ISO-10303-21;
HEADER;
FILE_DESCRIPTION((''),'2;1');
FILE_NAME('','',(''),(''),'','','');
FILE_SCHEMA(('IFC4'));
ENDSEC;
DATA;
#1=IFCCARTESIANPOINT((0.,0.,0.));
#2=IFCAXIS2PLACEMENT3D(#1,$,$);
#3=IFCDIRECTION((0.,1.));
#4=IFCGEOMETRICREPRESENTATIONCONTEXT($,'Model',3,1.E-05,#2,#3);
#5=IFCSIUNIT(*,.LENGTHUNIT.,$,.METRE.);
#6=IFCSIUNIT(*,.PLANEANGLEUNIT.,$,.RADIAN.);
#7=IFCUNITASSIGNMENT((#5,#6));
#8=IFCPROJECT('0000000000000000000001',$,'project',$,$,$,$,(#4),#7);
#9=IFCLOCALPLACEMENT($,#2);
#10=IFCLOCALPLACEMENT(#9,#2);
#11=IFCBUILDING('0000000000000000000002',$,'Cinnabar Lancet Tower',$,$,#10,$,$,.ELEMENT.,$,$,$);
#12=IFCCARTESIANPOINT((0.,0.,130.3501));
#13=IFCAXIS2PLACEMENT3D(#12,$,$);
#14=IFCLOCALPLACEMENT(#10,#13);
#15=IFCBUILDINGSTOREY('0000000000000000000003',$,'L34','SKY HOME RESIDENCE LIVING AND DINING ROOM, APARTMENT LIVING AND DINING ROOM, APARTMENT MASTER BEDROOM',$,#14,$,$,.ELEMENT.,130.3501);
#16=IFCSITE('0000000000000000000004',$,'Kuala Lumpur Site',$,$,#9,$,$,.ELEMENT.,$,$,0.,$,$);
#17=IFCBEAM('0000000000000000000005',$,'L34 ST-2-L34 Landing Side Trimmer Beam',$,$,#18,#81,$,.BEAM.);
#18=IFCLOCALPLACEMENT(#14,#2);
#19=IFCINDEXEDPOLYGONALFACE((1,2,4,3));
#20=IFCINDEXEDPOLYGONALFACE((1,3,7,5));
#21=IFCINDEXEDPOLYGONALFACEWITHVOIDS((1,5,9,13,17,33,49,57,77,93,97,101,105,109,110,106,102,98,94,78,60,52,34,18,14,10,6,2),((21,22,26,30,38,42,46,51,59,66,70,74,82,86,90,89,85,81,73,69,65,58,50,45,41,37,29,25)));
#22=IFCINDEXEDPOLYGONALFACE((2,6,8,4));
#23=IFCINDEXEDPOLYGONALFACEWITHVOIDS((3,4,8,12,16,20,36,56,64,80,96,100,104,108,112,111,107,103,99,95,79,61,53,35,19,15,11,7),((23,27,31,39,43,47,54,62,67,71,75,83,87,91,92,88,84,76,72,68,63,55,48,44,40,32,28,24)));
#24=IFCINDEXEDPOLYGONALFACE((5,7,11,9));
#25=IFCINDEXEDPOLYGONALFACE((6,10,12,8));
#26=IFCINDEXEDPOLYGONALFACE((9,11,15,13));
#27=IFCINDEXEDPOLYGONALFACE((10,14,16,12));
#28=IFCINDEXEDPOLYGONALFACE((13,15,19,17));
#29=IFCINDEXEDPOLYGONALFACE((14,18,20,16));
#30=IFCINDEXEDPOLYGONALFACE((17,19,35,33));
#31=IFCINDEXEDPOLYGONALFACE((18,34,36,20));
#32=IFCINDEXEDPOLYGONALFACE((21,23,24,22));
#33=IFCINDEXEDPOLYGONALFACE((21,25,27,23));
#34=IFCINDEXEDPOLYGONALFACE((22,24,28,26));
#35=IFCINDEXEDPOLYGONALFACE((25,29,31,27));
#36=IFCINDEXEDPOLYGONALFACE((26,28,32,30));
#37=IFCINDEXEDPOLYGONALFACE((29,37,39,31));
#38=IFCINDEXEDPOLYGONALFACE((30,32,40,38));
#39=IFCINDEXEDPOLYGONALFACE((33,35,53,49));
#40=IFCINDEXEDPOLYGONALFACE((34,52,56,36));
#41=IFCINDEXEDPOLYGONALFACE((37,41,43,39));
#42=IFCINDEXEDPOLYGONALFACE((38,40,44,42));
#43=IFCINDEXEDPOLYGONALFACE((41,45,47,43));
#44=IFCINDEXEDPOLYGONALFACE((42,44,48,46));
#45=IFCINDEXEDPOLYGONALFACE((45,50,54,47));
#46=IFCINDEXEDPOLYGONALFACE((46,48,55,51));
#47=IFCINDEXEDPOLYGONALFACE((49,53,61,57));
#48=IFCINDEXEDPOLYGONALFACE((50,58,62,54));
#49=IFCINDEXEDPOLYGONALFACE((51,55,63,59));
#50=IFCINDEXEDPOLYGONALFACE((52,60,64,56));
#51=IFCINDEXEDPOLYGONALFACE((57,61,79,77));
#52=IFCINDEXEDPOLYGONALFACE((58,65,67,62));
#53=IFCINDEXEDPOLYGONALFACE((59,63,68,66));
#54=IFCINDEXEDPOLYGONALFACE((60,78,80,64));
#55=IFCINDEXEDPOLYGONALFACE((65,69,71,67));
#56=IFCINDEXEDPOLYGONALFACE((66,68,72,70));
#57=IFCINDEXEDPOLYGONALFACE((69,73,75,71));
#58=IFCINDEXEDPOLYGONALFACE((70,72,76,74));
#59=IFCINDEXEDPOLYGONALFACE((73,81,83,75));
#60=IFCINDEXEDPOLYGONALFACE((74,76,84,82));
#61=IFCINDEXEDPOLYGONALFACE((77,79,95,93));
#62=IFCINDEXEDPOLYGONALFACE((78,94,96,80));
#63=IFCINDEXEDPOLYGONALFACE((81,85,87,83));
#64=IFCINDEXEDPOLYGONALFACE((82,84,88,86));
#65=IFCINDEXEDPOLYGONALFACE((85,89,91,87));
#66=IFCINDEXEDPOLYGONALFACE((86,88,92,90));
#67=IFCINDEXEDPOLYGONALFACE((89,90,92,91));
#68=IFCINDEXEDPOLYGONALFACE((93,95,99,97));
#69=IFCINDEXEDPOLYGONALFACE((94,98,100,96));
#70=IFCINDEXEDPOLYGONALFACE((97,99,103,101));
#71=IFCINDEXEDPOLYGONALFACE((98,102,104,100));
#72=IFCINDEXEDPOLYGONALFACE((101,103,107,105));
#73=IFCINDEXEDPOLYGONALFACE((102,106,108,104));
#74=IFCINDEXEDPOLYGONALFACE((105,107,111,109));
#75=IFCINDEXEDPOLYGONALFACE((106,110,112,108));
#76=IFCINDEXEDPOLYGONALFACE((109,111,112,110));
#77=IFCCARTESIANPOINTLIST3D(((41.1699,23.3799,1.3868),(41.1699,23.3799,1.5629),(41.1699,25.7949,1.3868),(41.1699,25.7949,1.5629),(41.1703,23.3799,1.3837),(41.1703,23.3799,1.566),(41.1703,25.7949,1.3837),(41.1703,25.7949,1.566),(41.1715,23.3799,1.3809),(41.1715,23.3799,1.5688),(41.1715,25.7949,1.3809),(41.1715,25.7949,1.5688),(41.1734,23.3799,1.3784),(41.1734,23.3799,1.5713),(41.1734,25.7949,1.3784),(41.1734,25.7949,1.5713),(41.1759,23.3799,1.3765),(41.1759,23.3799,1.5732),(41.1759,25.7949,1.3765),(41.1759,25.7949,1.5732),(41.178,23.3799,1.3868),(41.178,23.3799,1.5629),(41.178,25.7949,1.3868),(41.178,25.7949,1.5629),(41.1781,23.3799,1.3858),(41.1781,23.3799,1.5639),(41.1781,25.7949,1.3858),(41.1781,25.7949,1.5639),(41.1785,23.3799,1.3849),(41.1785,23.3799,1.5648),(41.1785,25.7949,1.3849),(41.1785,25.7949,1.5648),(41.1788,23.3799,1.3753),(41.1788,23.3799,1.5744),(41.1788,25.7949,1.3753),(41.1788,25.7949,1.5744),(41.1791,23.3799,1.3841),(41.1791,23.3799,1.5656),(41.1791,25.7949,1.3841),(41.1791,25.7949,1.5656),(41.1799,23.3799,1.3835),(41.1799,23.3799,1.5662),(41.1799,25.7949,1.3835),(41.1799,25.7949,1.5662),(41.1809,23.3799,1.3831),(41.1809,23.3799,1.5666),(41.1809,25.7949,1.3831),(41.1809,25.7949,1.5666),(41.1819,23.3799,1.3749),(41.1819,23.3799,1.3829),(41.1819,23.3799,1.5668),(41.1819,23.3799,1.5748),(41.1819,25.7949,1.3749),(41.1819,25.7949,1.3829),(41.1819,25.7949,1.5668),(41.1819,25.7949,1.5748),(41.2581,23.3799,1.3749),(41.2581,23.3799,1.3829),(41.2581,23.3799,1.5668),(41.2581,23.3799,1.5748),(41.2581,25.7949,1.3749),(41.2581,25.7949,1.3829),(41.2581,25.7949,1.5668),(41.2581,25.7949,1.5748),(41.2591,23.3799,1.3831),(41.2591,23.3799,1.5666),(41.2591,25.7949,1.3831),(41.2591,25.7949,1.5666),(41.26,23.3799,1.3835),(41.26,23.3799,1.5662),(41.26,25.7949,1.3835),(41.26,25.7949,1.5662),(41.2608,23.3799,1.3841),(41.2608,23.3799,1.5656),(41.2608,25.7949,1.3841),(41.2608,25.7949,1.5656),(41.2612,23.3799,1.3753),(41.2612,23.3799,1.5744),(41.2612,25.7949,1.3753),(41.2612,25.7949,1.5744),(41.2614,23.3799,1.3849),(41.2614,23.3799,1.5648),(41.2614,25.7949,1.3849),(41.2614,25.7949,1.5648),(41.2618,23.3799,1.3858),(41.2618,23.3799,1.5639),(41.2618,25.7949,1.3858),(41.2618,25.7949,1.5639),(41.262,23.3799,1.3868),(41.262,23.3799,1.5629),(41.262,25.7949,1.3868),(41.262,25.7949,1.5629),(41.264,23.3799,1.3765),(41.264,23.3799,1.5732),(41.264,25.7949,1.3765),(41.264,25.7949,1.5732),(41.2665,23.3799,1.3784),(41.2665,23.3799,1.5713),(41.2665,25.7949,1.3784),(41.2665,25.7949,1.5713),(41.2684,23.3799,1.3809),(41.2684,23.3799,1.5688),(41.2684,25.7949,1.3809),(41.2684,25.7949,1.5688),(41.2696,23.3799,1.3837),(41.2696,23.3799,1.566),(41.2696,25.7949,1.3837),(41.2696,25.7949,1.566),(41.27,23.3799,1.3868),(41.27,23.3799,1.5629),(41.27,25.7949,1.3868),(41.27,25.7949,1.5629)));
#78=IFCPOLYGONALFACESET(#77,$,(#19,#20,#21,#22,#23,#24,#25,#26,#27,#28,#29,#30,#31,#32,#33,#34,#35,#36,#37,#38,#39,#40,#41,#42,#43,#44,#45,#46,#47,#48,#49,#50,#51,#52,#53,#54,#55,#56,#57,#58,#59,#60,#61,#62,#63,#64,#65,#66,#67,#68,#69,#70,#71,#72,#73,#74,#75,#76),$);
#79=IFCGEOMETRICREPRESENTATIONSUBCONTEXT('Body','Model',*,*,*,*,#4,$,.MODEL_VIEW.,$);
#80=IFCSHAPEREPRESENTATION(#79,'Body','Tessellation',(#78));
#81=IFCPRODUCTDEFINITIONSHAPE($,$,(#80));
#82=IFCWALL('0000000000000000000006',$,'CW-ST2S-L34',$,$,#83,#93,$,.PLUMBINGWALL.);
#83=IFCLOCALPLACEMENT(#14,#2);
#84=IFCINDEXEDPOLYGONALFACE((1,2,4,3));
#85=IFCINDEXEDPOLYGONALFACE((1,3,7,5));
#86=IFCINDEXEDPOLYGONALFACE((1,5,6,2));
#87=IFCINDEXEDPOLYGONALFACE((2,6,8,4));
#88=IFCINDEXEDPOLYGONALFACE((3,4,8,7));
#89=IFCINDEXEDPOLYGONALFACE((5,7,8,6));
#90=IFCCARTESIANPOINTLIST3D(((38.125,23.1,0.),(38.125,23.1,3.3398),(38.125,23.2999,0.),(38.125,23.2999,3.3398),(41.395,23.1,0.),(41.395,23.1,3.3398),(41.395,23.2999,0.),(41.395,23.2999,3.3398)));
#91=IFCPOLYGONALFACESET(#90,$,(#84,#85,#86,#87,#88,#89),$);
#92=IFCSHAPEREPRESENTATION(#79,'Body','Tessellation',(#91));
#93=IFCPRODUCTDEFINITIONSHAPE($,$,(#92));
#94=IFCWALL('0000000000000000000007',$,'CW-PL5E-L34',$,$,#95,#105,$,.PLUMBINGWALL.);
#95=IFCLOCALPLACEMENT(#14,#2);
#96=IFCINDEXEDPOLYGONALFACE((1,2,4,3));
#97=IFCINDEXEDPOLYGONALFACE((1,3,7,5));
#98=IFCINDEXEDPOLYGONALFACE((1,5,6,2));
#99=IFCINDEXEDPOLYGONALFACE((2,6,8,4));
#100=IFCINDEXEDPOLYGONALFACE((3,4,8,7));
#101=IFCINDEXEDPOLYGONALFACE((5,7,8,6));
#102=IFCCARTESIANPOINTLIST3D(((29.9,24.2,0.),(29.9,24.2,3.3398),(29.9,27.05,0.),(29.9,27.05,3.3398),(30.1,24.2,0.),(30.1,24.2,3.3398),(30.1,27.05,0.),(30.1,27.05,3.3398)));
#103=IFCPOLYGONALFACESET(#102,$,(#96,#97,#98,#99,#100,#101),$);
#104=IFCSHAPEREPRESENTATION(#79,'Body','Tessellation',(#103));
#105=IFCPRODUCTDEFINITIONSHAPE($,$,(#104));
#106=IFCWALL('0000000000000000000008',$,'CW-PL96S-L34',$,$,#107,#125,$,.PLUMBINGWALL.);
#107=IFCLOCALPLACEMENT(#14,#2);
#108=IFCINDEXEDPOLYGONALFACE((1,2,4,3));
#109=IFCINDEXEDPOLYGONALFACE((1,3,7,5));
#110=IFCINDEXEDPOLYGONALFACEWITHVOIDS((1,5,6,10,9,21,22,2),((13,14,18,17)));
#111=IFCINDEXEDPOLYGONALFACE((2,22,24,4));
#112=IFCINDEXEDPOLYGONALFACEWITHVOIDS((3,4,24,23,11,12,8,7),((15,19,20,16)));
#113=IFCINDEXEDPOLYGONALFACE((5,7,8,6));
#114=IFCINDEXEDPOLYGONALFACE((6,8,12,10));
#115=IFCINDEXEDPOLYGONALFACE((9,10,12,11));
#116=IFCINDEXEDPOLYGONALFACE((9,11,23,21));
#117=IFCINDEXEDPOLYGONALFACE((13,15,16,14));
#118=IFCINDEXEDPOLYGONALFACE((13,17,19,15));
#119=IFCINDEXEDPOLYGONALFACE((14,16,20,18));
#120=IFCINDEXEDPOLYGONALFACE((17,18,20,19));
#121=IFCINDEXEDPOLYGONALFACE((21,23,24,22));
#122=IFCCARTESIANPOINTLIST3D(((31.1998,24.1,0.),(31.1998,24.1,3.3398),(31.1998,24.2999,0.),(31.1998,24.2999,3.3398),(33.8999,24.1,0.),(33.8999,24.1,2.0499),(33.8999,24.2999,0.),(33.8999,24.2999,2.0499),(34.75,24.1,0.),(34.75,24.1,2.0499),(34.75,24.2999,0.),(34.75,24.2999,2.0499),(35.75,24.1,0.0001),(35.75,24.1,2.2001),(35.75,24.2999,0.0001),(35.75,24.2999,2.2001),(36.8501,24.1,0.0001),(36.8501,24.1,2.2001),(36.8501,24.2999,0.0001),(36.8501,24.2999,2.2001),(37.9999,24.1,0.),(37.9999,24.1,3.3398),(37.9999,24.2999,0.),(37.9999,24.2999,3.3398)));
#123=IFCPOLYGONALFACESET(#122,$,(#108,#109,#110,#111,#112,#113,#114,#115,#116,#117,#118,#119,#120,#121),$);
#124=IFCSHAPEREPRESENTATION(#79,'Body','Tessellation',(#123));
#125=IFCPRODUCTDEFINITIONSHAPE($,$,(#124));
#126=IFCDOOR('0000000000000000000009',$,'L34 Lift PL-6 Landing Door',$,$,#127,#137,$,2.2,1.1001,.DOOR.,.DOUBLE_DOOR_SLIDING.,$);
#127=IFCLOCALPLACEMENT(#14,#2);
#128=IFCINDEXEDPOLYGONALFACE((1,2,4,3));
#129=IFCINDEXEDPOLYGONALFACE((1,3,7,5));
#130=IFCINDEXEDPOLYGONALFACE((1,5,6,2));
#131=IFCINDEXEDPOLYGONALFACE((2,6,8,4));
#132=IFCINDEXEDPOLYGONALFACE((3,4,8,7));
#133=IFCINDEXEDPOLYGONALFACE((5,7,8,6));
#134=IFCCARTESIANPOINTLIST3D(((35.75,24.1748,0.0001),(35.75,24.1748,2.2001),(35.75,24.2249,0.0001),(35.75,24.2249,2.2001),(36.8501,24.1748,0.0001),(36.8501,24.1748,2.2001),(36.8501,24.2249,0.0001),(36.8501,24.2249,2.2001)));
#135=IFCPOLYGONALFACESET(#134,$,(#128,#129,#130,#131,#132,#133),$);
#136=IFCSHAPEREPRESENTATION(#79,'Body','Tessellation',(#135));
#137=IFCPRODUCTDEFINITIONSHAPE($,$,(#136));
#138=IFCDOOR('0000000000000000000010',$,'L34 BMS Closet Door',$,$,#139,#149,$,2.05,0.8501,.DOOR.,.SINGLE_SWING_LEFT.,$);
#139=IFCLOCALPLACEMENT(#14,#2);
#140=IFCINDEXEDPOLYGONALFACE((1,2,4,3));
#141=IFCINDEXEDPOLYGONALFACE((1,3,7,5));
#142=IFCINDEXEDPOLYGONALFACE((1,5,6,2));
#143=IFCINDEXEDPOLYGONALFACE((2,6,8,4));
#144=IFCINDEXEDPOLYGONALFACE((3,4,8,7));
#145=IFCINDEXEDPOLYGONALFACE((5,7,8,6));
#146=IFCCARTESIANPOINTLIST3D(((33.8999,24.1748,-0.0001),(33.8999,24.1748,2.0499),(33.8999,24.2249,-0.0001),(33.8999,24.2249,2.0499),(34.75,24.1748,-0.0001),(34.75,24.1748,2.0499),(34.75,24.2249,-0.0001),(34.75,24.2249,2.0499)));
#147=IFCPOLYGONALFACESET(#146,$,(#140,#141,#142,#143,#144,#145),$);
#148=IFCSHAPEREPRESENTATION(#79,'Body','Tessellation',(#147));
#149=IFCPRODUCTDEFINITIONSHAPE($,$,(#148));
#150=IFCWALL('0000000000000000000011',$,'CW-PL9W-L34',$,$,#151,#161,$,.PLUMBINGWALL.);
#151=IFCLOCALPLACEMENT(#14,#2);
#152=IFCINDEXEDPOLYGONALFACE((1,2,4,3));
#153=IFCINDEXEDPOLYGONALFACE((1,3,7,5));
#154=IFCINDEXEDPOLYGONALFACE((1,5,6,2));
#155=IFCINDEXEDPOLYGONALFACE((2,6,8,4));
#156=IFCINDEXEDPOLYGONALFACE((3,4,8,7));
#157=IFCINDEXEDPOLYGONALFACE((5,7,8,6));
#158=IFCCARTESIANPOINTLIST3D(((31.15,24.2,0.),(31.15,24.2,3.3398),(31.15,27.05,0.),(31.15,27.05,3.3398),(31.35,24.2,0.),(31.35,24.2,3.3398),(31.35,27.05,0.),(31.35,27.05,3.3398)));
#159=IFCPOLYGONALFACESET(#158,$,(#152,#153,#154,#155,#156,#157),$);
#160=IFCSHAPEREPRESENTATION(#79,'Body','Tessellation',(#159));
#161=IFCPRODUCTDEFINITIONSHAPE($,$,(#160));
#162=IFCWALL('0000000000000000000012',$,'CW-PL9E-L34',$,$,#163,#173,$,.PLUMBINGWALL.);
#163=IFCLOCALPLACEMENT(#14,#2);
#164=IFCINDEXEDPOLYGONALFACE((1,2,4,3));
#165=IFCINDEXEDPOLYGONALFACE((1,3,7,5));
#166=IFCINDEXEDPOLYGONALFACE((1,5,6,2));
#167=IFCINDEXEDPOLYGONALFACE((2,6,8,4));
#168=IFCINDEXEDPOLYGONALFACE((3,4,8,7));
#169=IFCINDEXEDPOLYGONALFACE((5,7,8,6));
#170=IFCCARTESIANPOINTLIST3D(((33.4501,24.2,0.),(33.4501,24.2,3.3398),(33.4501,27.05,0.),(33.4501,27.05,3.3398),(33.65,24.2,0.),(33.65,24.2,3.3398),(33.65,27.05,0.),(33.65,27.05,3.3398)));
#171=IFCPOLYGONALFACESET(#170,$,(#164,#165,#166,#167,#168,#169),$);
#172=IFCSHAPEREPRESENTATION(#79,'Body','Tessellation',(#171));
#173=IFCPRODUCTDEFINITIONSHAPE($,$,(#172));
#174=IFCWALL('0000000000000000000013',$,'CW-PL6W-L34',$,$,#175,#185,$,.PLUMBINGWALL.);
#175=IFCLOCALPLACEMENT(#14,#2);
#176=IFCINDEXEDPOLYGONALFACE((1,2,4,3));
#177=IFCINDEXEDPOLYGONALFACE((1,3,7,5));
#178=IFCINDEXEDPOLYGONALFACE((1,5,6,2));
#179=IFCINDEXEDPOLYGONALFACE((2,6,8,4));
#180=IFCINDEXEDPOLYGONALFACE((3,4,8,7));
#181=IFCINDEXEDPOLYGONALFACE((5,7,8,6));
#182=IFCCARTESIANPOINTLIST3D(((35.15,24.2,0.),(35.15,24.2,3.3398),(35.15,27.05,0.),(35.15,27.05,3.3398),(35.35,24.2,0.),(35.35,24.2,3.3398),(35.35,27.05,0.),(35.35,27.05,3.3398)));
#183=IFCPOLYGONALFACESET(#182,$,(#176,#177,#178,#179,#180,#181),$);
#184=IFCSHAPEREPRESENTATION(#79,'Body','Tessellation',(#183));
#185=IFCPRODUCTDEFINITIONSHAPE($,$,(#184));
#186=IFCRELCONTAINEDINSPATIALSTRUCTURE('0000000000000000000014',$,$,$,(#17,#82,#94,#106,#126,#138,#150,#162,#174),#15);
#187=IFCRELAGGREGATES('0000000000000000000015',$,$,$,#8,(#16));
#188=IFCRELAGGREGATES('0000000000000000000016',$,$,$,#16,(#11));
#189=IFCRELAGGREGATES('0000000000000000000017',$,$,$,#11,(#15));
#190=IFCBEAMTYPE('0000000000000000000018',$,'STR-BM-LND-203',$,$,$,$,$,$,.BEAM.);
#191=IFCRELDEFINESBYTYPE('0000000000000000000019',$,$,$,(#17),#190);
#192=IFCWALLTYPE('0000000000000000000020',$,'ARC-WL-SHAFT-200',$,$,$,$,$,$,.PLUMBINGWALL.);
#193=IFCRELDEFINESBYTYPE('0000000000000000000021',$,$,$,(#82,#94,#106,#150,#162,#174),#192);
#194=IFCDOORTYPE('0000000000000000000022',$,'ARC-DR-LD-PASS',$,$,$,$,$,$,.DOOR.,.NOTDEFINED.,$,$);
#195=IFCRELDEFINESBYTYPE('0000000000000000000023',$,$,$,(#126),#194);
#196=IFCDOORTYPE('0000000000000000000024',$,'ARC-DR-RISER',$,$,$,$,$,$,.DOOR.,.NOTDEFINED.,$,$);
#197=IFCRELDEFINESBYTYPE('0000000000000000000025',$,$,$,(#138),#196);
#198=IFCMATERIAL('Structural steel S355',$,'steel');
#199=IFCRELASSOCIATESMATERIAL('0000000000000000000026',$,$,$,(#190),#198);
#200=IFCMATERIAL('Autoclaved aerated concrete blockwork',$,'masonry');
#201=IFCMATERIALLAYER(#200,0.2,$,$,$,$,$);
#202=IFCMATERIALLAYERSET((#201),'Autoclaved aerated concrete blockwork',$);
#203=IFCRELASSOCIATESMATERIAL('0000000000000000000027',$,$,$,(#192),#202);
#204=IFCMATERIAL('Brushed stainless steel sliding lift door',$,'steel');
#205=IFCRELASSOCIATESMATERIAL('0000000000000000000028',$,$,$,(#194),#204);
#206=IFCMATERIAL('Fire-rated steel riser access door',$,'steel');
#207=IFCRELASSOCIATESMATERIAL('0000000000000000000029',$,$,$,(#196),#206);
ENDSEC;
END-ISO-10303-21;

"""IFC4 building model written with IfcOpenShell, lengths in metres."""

from ifc_helpers import new_model, si_unit, direction, frame, frame_2d, origin, origin_2d, place, context, subcontext, project, spatial, rectangle, hollow_rectangle, extrude, material, layer, layer_set, material_profile, profile_set, type_object, element, fill, save


model = new_model("IFC4")

# Units and contexts
model_context = context("Model", 3, precision=1e-05, world=origin(), true_north=direction((0.0, 1.0)))
body_context = subcontext(model_context, "Body", "Model", "MODEL_VIEW")
ifc_project = project(units=[si_unit("LENGTHUNIT", "METRE"), si_unit("PLANEANGLEUNIT", "RADIAN")], contexts=[model_context])

# Site, building, storey
site_placement = place(None, origin())
site = spatial("IfcSite", under=ifc_project, at=site_placement, Name="Kuala Lumpur Site", CompositionType="ELEMENT", RefElevation=0.0)
building_placement = place(site_placement, origin())
building = spatial("IfcBuilding", under=site, at=building_placement, Name="Cinnabar Lancet Tower", CompositionType="ELEMENT")
storey_placement = place(building_placement, frame((0.0, 0.0, 130.3501)))
storey = spatial("IfcBuildingStorey", under=building, at=storey_placement, Name="L34", Description="SKY HOME RESIDENCE LIVING AND DINING ROOM, APARTMENT LIVING AND DINING ROOM, APARTMENT MASTER BEDROOM", CompositionType="ELEMENT", Elevation=130.3501)

# Beam
ifc_material_1 = material(Name="Structural steel S355", Category="steel")
ifc_material_profile_1 = material_profile(ifc_material_1, hollow_rectangle(XDim=0.1001, YDim=0.2, WallThickness=0.0081, InnerFilletRadius=0.0039, OuterFilletRadius=0.012, at=origin_2d()), Name="RHS 200x100x8")
ifc_profile_set_1 = profile_set([ifc_material_profile_1], Name="Structural steel S355")
beam_type = type_object("IfcBeamType", Name="STR-BM-LND-203", PredefinedType="BEAM", material=ifc_profile_set_1)
beam_placement = place(storey_placement, frame((41.22, 23.3799, 1.4749), z_axis=(0.0, 1.0, 0.0), x_axis=(-1.0, 0.0, 0.0)))
element("IfcBeam", 1, at=beam_placement, inside=storey, type_object=beam_type, Name="L34 ST-2-L34 Landing Side Trimmer Beam", PredefinedType="BEAM", context=body_context, shape_type="SweptSolid", body=[
    extrude(hollow_rectangle(XDim=0.1001, YDim=0.2, WallThickness=0.0081, InnerFilletRadius=0.0039, OuterFilletRadius=0.012, at=origin_2d()), origin(), (0.0, 0.0, 1.0), 2.415),
])

# Walls
ifc_material_2 = material(Name="Autoclaved aerated concrete blockwork", Category="masonry")
ifc_layer_1 = layer(ifc_material_2, 0.2)
ifc_layer_set_1 = layer_set([ifc_layer_1], Name="Autoclaved aerated concrete blockwork")
wall_type_1 = type_object("IfcWallType", Name="ARC-WL-SHAFT-200", PredefinedType="PLUMBINGWALL", material=ifc_layer_set_1)
wall_1_placement = place(storey_placement, frame((38.125, 23.2, 0.0), z_axis=(0.0, 0.0, 1.0), x_axis=(1.0, 0.0, 0.0)))
element("IfcWall", 2, at=wall_1_placement, inside=storey, type_object=wall_type_1, Name="CW-ST2S-L34", PredefinedType="PLUMBINGWALL", context=body_context, shape_type="SweptSolid", body=[
    extrude(rectangle(XDim=3.27, YDim=0.2, at=frame_2d((1.635, 0.0))), origin(), (0.0, 0.0, 1.0), 3.3398),
])
wall_2_placement = place(storey_placement, frame((30.0, 24.2, 0.0), z_axis=(0.0, 0.0, 1.0), x_axis=(0.0, 1.0, 0.0)))
element("IfcWall", 3, at=wall_2_placement, inside=storey, type_object=wall_type_1, Name="CW-PL5E-L34", PredefinedType="PLUMBINGWALL", context=body_context, shape_type="SweptSolid", body=[
    extrude(rectangle(XDim=2.8501, YDim=0.2, at=frame_2d((1.425, 0.0))), origin(), (0.0, 0.0, 1.0), 3.3398),
])

# Wall, openings, doors
wall_3_placement = place(storey_placement, frame((31.2, 24.2, 0.0), z_axis=(0.0, 0.0, 1.0), x_axis=(1.0, 0.0, 0.0)))
wall_3 = element("IfcWall", 4, at=wall_3_placement, inside=storey, type_object=wall_type_1, Name="CW-PL96S-L34", PredefinedType="PLUMBINGWALL", context=body_context, shape_type="SweptSolid", body=[
    extrude(rectangle(XDim=6.8, YDim=0.2, at=frame_2d((3.3999, 0.0))), origin(), (0.0, 0.0, 1.0), 3.3398),
])
opening_1_placement = place(wall_3_placement, frame((2.7, 0.0, 0.0)))
opening_1 = element("IfcOpeningElement", 5, at=opening_1_placement, cuts=wall_3, PredefinedType="OPENING", context=body_context, shape_type="SweptSolid", body=[
    extrude(rectangle(XDim=0.8501, YDim=2.05, at=frame_2d((0.425, 1.0249))), frame((0.0, 0.1099, 0.0), z_axis=(0.0, -1.0, 0.0), x_axis=(1.0, 0.0, 0.0)), (0.0, 0.0, 1.0), 0.22),
])
opening_2_placement = place(wall_3_placement, frame((4.55, 0.0, 0.0)))
opening_2 = element("IfcOpeningElement", 6, at=opening_2_placement, cuts=wall_3, PredefinedType="OPENING", context=body_context, shape_type="SweptSolid", body=[
    extrude(rectangle(XDim=1.1001, YDim=2.2, at=frame_2d((0.55, 1.1001))), frame((0.0, 0.1099, 0.0), z_axis=(0.0, -1.0, 0.0), x_axis=(1.0, 0.0, 0.0)), (0.0, 0.0, 1.0), 0.22),
])
ifc_material_3 = material(Name="Brushed stainless steel sliding lift door", Category="steel")
door_type_1 = type_object("IfcDoorType", Name="ARC-DR-LD-PASS", OperationType="NOTDEFINED", PredefinedType="DOOR", material=ifc_material_3)
door_1_placement = place(opening_2_placement, origin())
door_1 = element("IfcDoor", 7, at=door_1_placement, inside=storey, type_object=door_type_1, Name="L34 Lift PL-6 Landing Door", OperationType="DOUBLE_DOOR_SLIDING", OverallHeight=2.2, OverallWidth=1.1001, PredefinedType="DOOR", context=body_context, shape_type="SweptSolid", body=[
    extrude(rectangle(XDim=1.1001, YDim=2.2, at=frame_2d((0.55, 1.1001))), frame((0.0, 0.0249, 0.0), z_axis=(0.0, -1.0, 0.0), x_axis=(1.0, 0.0, 0.0)), (0.0, 0.0, 1.0), 0.05),
])
fill(opening_2, door_1)
ifc_material_4 = material(Name="Fire-rated steel riser access door", Category="steel")
door_type_2 = type_object("IfcDoorType", Name="ARC-DR-RISER", OperationType="NOTDEFINED", PredefinedType="DOOR", material=ifc_material_4)
door_2_placement = place(opening_1_placement, origin())
door_2 = element("IfcDoor", 8, at=door_2_placement, inside=storey, type_object=door_type_2, Name="L34 BMS Closet Door", OperationType="SINGLE_SWING_LEFT", OverallHeight=2.05, OverallWidth=0.8501, PredefinedType="DOOR", context=body_context, shape_type="SweptSolid", body=[
    extrude(rectangle(XDim=0.8501, YDim=2.05, at=frame_2d((0.425, 1.0249))), frame((0.0, 0.0249, 0.0), z_axis=(0.0, -1.0, 0.0), x_axis=(1.0, 0.0, 0.0)), (0.0, 0.0, 1.0), 0.05),
])
fill(opening_1, door_2)

# Walls
for number, where, z_axis, x_axis, name in (
    (9, (31.25, 24.2, 0.0), (0.0, 0.0, 1.0), (0.0, 1.0, 0.0), "CW-PL9W-L34"),
    (10, (33.55, 24.2, 0.0), (0.0, 0.0, 1.0), (0.0, 1.0, 0.0), "CW-PL9E-L34"),
    (11, (35.25, 24.2, 0.0), (0.0, 0.0, 1.0), (0.0, 1.0, 0.0), "CW-PL6W-L34"),
):
    element("IfcWall", number, at=place(storey_placement, frame(where, z_axis=z_axis, x_axis=x_axis)), inside=storey, type_object=wall_type_1, Name=name, PredefinedType="PLUMBINGWALL", context=body_context, shape_type="SweptSolid", body=[
        extrude(rectangle(XDim=2.8501, YDim=0.2, at=frame_2d((1.425, 0.0))), origin(), (0.0, 0.0, 1.0), 3.3398),
    ])

save(model, "model.ifc")
